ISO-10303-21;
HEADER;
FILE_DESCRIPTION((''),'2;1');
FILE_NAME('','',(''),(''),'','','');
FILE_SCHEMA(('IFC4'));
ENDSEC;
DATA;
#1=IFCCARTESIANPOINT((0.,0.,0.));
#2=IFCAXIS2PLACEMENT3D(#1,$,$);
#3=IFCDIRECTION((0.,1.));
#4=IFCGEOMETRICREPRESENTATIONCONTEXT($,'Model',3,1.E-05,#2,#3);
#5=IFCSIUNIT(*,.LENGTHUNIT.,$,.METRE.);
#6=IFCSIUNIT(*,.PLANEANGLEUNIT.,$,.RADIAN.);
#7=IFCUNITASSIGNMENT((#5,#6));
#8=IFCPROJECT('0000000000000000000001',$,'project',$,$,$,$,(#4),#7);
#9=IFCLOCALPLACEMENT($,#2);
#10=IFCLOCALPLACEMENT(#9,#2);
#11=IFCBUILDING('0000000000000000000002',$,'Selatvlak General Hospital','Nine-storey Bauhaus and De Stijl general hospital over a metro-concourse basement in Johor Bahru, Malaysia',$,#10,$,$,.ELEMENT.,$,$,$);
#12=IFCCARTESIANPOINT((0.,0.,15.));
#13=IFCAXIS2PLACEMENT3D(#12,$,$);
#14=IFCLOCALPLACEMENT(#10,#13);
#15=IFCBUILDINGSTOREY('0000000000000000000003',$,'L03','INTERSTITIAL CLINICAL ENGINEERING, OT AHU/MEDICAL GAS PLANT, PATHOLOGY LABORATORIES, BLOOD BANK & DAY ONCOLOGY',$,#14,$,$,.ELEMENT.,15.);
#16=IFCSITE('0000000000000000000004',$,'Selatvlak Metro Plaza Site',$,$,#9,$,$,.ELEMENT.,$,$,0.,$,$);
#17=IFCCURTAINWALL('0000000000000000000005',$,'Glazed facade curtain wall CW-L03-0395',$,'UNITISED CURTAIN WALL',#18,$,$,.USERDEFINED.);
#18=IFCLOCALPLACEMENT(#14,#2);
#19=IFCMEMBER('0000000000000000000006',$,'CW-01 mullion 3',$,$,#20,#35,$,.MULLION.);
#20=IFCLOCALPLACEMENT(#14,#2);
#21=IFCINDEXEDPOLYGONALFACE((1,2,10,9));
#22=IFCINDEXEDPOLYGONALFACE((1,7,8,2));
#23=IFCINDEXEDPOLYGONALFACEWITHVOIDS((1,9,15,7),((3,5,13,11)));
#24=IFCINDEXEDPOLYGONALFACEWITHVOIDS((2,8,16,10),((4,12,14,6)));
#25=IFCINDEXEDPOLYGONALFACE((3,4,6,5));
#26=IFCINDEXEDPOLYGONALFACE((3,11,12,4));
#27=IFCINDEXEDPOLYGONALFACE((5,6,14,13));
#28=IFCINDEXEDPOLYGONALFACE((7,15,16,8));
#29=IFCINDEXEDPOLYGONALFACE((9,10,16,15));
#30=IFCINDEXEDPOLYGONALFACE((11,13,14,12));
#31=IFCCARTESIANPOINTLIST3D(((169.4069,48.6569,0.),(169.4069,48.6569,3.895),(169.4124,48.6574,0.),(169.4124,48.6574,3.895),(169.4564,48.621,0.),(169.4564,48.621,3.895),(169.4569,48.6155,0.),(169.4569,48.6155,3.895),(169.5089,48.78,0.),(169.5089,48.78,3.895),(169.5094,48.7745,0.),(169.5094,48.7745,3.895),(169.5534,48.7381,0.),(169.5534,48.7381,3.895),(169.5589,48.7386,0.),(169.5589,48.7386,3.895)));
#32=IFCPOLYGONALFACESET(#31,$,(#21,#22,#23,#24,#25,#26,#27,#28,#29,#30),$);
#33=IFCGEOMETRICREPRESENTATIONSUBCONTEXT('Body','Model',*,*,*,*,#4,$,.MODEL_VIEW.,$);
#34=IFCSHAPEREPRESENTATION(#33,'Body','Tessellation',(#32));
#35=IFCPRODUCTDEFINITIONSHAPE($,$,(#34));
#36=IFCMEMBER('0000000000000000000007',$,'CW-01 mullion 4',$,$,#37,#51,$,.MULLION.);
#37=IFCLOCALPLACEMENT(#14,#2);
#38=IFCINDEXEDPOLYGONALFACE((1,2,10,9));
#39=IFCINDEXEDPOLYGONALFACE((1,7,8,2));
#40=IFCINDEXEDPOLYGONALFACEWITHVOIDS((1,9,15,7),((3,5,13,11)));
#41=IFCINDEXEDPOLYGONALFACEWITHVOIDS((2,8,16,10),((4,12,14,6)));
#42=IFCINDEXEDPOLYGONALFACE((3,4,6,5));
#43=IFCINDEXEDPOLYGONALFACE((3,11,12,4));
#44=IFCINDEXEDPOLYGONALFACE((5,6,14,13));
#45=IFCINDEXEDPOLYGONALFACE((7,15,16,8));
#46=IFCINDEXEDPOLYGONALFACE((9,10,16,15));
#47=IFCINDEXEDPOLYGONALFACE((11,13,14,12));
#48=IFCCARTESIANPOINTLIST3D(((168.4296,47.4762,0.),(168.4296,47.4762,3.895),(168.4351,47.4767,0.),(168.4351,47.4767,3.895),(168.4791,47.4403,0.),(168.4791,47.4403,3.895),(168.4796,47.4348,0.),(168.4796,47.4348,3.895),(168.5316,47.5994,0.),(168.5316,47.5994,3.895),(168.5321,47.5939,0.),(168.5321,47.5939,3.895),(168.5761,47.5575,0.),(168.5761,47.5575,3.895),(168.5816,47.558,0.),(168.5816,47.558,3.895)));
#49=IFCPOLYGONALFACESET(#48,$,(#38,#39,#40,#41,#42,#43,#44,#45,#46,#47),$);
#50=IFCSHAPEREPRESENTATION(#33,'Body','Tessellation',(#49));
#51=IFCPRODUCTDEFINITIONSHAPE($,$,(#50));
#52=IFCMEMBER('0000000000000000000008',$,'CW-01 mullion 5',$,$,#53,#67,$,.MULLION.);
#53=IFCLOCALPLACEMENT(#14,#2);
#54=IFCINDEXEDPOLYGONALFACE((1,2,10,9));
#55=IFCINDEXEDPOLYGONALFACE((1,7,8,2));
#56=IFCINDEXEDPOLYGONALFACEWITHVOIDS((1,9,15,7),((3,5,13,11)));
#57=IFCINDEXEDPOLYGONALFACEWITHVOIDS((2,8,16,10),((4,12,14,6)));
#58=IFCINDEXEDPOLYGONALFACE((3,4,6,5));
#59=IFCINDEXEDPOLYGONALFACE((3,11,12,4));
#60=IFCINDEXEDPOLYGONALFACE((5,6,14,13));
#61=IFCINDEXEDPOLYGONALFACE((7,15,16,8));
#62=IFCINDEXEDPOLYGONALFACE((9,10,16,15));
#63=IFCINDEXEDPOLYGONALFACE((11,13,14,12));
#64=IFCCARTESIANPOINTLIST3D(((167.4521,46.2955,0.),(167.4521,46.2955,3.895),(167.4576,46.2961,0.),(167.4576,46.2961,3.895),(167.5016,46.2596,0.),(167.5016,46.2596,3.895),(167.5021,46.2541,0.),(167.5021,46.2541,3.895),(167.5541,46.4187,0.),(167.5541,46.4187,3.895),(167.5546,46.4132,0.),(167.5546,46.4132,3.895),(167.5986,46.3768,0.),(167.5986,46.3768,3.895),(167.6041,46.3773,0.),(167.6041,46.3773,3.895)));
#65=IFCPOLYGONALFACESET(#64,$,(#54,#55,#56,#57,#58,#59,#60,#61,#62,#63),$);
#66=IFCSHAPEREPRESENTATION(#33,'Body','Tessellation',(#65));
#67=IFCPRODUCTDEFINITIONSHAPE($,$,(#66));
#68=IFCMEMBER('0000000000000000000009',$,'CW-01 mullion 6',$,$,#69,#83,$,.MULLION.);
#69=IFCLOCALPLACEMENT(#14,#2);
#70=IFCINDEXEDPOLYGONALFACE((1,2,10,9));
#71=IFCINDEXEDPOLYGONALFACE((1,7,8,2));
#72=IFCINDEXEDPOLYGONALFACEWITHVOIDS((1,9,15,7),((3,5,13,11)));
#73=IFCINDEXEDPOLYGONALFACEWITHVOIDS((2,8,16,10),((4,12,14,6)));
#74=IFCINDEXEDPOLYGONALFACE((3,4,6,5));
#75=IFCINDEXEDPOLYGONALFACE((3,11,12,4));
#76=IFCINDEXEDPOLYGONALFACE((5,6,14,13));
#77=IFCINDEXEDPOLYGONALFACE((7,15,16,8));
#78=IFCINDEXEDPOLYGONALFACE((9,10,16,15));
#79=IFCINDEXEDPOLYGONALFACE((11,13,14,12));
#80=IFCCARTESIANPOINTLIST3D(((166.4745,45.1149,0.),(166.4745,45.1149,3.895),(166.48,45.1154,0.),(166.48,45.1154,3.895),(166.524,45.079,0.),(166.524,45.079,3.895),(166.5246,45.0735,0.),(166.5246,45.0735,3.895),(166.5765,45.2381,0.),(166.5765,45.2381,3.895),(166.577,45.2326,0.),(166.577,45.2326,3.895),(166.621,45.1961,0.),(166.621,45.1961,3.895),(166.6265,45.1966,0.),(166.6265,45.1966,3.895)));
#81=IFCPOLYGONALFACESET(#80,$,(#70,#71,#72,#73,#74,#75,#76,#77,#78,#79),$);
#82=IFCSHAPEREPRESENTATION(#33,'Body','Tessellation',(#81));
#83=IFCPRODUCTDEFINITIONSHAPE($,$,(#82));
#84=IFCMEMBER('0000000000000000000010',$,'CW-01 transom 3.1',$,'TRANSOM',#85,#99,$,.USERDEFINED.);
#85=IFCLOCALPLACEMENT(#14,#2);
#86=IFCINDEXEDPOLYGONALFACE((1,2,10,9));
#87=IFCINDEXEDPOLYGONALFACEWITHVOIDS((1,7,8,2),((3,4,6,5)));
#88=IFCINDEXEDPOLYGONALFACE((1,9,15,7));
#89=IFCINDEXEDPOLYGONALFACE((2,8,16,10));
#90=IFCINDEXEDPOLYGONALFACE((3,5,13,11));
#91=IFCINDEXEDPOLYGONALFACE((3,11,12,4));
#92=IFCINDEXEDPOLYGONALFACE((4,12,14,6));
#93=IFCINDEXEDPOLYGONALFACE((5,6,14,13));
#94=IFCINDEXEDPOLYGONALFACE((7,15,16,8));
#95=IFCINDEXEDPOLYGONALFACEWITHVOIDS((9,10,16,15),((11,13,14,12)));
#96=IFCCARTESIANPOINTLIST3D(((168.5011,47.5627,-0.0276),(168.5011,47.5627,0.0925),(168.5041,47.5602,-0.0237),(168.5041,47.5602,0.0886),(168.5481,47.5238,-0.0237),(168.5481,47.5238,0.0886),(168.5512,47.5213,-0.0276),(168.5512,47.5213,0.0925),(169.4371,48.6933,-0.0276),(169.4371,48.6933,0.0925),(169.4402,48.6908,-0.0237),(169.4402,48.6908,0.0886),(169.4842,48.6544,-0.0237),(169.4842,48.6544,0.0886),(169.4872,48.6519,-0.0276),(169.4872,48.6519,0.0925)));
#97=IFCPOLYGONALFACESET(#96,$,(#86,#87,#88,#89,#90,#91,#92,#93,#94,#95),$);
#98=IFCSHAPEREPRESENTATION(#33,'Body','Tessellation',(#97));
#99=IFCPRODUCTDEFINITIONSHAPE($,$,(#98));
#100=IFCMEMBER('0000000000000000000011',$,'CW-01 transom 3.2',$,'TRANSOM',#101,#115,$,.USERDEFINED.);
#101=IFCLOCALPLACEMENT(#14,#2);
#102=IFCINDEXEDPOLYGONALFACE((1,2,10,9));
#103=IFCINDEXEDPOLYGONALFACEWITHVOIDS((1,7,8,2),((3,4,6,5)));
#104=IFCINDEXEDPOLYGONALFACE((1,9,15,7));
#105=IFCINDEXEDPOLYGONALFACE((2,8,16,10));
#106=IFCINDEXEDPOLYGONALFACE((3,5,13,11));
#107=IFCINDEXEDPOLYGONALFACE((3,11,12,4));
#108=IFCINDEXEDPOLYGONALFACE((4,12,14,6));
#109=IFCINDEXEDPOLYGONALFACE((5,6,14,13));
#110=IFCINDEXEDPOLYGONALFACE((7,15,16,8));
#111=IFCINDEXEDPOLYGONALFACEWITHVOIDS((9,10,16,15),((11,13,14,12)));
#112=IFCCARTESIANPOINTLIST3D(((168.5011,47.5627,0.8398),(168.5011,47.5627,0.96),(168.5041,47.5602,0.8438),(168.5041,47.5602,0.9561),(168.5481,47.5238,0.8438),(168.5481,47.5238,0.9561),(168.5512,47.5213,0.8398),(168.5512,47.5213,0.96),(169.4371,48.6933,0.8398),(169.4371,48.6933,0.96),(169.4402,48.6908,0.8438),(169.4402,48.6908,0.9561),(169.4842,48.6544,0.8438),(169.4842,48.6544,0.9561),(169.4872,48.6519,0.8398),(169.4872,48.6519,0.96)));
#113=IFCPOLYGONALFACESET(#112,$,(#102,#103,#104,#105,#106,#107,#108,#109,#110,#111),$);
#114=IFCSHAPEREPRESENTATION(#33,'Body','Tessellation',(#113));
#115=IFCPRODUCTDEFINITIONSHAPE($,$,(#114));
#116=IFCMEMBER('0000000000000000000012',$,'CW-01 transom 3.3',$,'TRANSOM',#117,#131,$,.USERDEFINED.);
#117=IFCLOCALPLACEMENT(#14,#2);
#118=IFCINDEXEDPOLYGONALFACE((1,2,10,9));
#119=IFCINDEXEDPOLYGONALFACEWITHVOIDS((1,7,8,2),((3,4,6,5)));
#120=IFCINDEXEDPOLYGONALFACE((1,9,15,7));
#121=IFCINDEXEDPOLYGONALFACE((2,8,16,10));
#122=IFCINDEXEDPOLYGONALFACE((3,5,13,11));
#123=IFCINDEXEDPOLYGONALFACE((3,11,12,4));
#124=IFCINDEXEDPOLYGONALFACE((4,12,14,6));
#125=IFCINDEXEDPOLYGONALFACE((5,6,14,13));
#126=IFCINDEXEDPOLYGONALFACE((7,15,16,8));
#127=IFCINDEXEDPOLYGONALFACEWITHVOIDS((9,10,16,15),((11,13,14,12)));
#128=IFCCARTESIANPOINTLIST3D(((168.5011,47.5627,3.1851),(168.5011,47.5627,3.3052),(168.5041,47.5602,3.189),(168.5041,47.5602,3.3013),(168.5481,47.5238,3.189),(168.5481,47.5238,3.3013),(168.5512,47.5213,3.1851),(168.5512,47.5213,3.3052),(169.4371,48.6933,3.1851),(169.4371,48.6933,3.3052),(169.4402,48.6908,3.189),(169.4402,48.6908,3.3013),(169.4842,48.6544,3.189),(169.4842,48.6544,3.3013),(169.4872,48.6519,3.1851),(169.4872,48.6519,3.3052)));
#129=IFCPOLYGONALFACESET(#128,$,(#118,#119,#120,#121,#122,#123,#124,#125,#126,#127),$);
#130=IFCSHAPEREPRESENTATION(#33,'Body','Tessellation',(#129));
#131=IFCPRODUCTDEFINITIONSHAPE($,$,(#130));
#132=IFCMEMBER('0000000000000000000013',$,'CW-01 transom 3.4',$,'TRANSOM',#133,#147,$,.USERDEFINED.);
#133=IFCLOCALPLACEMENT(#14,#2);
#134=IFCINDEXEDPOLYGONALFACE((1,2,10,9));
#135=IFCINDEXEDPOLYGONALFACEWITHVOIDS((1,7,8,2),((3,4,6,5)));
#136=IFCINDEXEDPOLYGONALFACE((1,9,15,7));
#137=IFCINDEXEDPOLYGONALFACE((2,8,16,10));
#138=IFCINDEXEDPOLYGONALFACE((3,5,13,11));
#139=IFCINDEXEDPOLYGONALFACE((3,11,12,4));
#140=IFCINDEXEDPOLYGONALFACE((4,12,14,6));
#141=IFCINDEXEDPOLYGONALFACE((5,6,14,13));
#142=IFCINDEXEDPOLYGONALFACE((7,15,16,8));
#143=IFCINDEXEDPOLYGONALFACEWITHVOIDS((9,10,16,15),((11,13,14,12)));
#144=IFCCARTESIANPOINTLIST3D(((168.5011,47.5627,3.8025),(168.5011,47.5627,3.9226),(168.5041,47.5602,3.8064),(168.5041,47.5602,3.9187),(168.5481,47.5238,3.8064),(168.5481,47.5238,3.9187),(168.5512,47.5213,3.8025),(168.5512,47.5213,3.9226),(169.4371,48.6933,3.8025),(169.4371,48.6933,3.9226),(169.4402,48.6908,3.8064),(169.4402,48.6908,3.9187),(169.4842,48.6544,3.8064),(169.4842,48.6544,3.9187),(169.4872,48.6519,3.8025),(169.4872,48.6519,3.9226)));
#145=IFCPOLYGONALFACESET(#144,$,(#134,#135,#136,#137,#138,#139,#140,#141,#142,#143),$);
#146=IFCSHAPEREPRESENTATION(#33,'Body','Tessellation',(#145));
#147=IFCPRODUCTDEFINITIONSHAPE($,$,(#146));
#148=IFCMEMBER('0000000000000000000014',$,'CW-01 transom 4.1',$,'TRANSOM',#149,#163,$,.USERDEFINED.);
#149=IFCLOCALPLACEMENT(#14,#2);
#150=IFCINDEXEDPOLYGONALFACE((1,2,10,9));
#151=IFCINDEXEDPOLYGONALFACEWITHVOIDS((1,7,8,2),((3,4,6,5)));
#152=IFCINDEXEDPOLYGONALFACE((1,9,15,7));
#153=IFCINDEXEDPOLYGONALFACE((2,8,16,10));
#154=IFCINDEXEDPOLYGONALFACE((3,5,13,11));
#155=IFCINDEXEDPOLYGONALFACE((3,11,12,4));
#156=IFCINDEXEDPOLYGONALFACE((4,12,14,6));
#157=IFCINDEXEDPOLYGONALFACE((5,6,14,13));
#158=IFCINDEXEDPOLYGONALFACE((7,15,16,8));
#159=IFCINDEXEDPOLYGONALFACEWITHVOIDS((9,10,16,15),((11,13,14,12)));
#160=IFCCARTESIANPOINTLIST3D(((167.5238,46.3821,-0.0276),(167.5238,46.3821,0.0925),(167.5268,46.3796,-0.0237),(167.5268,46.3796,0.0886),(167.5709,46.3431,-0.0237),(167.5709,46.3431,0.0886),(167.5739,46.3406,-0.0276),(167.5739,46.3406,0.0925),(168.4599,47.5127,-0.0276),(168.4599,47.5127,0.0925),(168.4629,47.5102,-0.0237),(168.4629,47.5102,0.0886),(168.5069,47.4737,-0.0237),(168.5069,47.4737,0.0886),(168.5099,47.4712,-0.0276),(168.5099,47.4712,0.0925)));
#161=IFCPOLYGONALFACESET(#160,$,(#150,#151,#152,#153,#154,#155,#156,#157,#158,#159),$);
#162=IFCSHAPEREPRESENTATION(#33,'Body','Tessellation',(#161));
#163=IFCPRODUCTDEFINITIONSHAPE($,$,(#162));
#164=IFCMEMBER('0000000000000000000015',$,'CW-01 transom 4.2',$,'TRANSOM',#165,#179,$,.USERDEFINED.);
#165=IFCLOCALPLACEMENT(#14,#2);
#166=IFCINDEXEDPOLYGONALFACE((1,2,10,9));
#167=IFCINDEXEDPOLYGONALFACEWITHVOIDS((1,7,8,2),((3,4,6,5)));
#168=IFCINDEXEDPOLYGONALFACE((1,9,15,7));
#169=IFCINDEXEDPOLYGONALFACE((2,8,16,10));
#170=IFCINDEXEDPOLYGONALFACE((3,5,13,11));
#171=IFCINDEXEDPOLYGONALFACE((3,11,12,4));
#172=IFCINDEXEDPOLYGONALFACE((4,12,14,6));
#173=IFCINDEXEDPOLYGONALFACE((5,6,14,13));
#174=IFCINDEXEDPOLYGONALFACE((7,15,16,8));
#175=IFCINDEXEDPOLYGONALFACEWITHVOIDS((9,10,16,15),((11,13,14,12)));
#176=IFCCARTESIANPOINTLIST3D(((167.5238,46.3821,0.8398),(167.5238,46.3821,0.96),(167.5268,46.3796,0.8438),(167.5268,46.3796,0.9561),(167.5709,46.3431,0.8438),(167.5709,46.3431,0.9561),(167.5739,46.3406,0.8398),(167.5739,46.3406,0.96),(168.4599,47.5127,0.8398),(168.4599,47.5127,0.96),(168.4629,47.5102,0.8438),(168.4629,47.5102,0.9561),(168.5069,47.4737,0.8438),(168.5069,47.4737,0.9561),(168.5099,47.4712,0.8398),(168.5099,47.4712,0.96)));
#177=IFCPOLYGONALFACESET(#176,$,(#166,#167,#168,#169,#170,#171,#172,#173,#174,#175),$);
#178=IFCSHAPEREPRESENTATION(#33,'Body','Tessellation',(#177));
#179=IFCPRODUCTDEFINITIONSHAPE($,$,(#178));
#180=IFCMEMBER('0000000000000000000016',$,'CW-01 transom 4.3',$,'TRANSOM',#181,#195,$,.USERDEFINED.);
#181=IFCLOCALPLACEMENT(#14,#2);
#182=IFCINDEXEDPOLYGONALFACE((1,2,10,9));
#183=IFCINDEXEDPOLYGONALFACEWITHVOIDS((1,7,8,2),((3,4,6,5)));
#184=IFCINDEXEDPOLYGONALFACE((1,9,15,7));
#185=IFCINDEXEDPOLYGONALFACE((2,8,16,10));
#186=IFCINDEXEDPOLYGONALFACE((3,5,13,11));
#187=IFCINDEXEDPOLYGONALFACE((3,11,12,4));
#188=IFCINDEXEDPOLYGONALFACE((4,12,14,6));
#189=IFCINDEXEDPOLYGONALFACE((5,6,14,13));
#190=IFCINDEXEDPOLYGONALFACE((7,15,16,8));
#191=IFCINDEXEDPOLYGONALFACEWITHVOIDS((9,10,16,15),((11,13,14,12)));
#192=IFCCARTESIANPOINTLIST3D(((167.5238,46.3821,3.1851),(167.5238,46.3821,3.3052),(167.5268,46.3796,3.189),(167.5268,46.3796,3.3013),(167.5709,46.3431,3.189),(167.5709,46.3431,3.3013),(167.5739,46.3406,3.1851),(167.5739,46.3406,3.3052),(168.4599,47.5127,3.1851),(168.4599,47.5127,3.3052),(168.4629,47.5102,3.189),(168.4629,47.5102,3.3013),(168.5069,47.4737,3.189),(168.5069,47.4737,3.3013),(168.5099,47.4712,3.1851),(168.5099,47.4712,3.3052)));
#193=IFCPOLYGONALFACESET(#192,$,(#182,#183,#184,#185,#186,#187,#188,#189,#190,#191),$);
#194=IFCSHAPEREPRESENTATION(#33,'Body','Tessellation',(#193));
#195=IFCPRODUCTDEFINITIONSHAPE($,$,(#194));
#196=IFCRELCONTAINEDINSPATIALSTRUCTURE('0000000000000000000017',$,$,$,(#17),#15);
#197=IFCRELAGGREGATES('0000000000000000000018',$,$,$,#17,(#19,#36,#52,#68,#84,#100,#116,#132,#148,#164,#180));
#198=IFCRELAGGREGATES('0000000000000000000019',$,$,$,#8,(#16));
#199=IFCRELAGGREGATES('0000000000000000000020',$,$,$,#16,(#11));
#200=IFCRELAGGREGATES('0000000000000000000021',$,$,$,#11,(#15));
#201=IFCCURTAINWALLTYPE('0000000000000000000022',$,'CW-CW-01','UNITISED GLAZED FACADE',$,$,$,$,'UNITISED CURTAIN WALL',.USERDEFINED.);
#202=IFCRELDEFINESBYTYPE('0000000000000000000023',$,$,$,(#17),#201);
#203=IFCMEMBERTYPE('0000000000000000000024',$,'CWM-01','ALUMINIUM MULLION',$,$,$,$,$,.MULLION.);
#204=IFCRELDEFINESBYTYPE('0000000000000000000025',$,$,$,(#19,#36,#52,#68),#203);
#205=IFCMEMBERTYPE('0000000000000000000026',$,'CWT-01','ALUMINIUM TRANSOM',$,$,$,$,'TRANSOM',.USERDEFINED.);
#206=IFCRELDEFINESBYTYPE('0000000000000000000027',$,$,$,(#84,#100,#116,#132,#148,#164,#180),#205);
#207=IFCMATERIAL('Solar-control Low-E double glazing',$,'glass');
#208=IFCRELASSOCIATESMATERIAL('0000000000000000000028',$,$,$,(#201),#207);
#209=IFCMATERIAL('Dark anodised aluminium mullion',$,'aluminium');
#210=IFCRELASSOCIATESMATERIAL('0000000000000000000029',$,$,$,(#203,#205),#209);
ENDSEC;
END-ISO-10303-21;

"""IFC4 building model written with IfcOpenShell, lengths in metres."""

from ifc_helpers import new_model, si_unit, direction, frame, origin, origin_2d, place, context, subcontext, project, spatial, hollow_rectangle, extrude, material, material_profile, profile_set, type_object, element, aggregate, save


model = new_model("IFC4")

# Units and contexts
model_context = context("Model", 3, precision=1e-05, world=origin(), true_north=direction((0.0, 1.0)))
body_context = subcontext(model_context, "Body", "Model", "MODEL_VIEW")
ifc_project = project(units=[si_unit("LENGTHUNIT", "METRE"), si_unit("PLANEANGLEUNIT", "RADIAN")], contexts=[model_context])

# Site, building, storey
site_placement = place(None, origin())
site = spatial("IfcSite", under=ifc_project, at=site_placement, Name="Selatvlak Metro Plaza Site", CompositionType="ELEMENT", RefElevation=0.0)
building_placement = place(site_placement, origin())
building = spatial("IfcBuilding", under=site, at=building_placement, Name="Selatvlak General Hospital", Description="Nine-storey Bauhaus and De Stijl general hospital over a metro-concourse basement in Johor Bahru, Malaysia", CompositionType="ELEMENT")
storey_placement = place(building_placement, frame((0.0, 0.0, 15.0)))
storey = spatial("IfcBuildingStorey", under=building, at=storey_placement, Name="L03", Description="INTERSTITIAL CLINICAL ENGINEERING, OT AHU/MEDICAL GAS PLANT, PATHOLOGY LABORATORIES, BLOOD BANK & DAY ONCOLOGY", CompositionType="ELEMENT", Elevation=15.0)

# Curtain wall, members
ifc_material_1 = material(Name="Solar-control Low-E double glazing", Category="glass")
curtain_wall_type = type_object("IfcCurtainWallType", Name="CW-CW-01", Description="UNITISED GLAZED FACADE", ElementType="UNITISED CURTAIN WALL", PredefinedType="USERDEFINED", material=ifc_material_1)
curtain_wall_placement = place(storey_placement, origin())
curtain_wall = element("IfcCurtainWall", 1, at=curtain_wall_placement, inside=storey, type_object=curtain_wall_type, Name="Glazed facade curtain wall CW-L03-0395", ObjectType="UNITISED CURTAIN WALL", PredefinedType="USERDEFINED")
ifc_material_2 = material(Name="Dark anodised aluminium mullion", Category="aluminium")
ifc_material_profile_1 = material_profile(ifc_material_2, hollow_rectangle(XDim=0.0649, YDim=0.1599, WallThickness=0.0039, at=origin_2d()), Name="AL-MUL 65x160x4")
ifc_profile_set_1 = profile_set([ifc_material_profile_1], Name="Dark anodised aluminium mullion")
member_type_1 = type_object("IfcMemberType", Name="CWM-01", Description="ALUMINIUM MULLION", PredefinedType="MULLION", material=ifc_profile_set_1)
member_1_placement = place(storey_placement, frame((169.4829, 48.6978, 0.0), z_axis=(0.0, 0.0, 1.0), x_axis=(0.770267, -0.637721, 0.0)))
member_1 = element("IfcMember", 2, at=member_1_placement, type_object=member_type_1, Name="CW-01 mullion 3", PredefinedType="MULLION", context=body_context, shape_type="SweptSolid", body=[
    extrude(hollow_rectangle(XDim=0.0649, YDim=0.1599, WallThickness=0.0039, at=origin_2d()), origin(), (0.0, 0.0, 1.0), 3.895),
])
member_2_placement = place(storey_placement, frame((168.5056, 47.5171, 0.0), z_axis=(0.0, 0.0, 1.0), x_axis=(0.770267, -0.637721, 0.0)))
member_2 = element("IfcMember", 3, at=member_2_placement, type_object=member_type_1, Name="CW-01 mullion 4", PredefinedType="MULLION", context=body_context, shape_type="SweptSolid", body=[
    extrude(hollow_rectangle(XDim=0.0649, YDim=0.1599, WallThickness=0.0039, at=origin_2d()), origin(), (0.0, 0.0, 1.0), 3.895),
])
member_3_placement = place(storey_placement, frame((167.5281, 46.3364, 0.0), z_axis=(0.0, 0.0, 1.0), x_axis=(0.770267, -0.637721, 0.0)))
member_3 = element("IfcMember", 4, at=member_3_placement, type_object=member_type_1, Name="CW-01 mullion 5", PredefinedType="MULLION", context=body_context, shape_type="SweptSolid", body=[
    extrude(hollow_rectangle(XDim=0.0649, YDim=0.1599, WallThickness=0.0039, at=origin_2d()), origin(), (0.0, 0.0, 1.0), 3.895),
])
member_4_placement = place(storey_placement, frame((166.5505, 45.1558, 0.0), z_axis=(0.0, 0.0, 1.0), x_axis=(0.770267, -0.637721, 0.0)))
member_4 = element("IfcMember", 5, at=member_4_placement, type_object=member_type_1, Name="CW-01 mullion 6", PredefinedType="MULLION", context=body_context, shape_type="SweptSolid", body=[
    extrude(hollow_rectangle(XDim=0.0649, YDim=0.1599, WallThickness=0.0039, at=origin_2d()), origin(), (0.0, 0.0, 1.0), 3.895),
])
ifc_material_profile_2 = material_profile(ifc_material_2, hollow_rectangle(XDim=0.0649, YDim=0.1201, WallThickness=0.0039, at=origin_2d()), Name="AL-TRN 65x120x4")
ifc_profile_set_2 = profile_set([ifc_material_profile_2], Name="Dark anodised aluminium mullion")
member_type_2 = type_object("IfcMemberType", Name="CWT-01", Description="ALUMINIUM TRANSOM", ElementType="TRANSOM", PredefinedType="USERDEFINED", material=ifc_profile_set_2)
member_5_placement = place(storey_placement, frame((169.4622, 48.6726, 0.0325), z_axis=(-0.637711, -0.770276, 0.0), x_axis=(0.770276, -0.637711, 0.0)))
member_5 = element("IfcMember", 6, at=member_5_placement, type_object=member_type_2, Name="CW-01 transom 3.1", ObjectType="TRANSOM", PredefinedType="USERDEFINED", context=body_context, shape_type="SweptSolid", body=[
    extrude(hollow_rectangle(XDim=0.0649, YDim=0.1201, WallThickness=0.0039, at=origin_2d()), origin(), (0.0, 0.0, 1.0), 1.4678),
])
member_6_placement = place(storey_placement, frame((169.4622, 48.6726, 0.8999), z_axis=(-0.637711, -0.770276, 0.0), x_axis=(0.770276, -0.637711, 0.0)))
member_6 = element("IfcMember", 7, at=member_6_placement, type_object=member_type_2, Name="CW-01 transom 3.2", ObjectType="TRANSOM", PredefinedType="USERDEFINED", context=body_context, shape_type="SweptSolid", body=[
    extrude(hollow_rectangle(XDim=0.0649, YDim=0.1201, WallThickness=0.0039, at=origin_2d()), origin(), (0.0, 0.0, 1.0), 1.4678),
])
member_7_placement = place(storey_placement, frame((169.4622, 48.6726, 3.2451), z_axis=(-0.637711, -0.770276, 0.0), x_axis=(0.770276, -0.637711, 0.0)))
member_7 = element("IfcMember", 8, at=member_7_placement, type_object=member_type_2, Name="CW-01 transom 3.3", ObjectType="TRANSOM", PredefinedType="USERDEFINED", context=body_context, shape_type="SweptSolid", body=[
    extrude(hollow_rectangle(XDim=0.0649, YDim=0.1201, WallThickness=0.0039, at=origin_2d()), origin(), (0.0, 0.0, 1.0), 1.4678),
])
member_8_placement = place(storey_placement, frame((169.4622, 48.6726, 3.8625), z_axis=(-0.637711, -0.770276, 0.0), x_axis=(0.770276, -0.637711, 0.0)))
member_8 = element("IfcMember", 9, at=member_8_placement, type_object=member_type_2, Name="CW-01 transom 3.4", ObjectType="TRANSOM", PredefinedType="USERDEFINED", context=body_context, shape_type="SweptSolid", body=[
    extrude(hollow_rectangle(XDim=0.0649, YDim=0.1201, WallThickness=0.0039, at=origin_2d()), origin(), (0.0, 0.0, 1.0), 1.4678),
])
member_9_placement = place(storey_placement, frame((168.4849, 47.4919, 0.0325), z_axis=(-0.637711, -0.770276, 0.0), x_axis=(0.770276, -0.637711, 0.0)))
member_9 = element("IfcMember", 10, at=member_9_placement, type_object=member_type_2, Name="CW-01 transom 4.1", ObjectType="TRANSOM", PredefinedType="USERDEFINED", context=body_context, shape_type="SweptSolid", body=[
    extrude(hollow_rectangle(XDim=0.0649, YDim=0.1201, WallThickness=0.0039, at=origin_2d()), origin(), (0.0, 0.0, 1.0), 1.4678),
])
member_10_placement = place(storey_placement, frame((168.4849, 47.4919, 0.8999), z_axis=(-0.637711, -0.770276, 0.0), x_axis=(0.770276, -0.637711, 0.0)))
member_10 = element("IfcMember", 11, at=member_10_placement, type_object=member_type_2, Name="CW-01 transom 4.2", ObjectType="TRANSOM", PredefinedType="USERDEFINED", context=body_context, shape_type="SweptSolid", body=[
    extrude(hollow_rectangle(XDim=0.0649, YDim=0.1201, WallThickness=0.0039, at=origin_2d()), origin(), (0.0, 0.0, 1.0), 1.4678),
])
member_11_placement = place(storey_placement, frame((168.4849, 47.4919, 3.2451), z_axis=(-0.637711, -0.770276, 0.0), x_axis=(0.770276, -0.637711, 0.0)))
member_11 = element("IfcMember", 12, at=member_11_placement, type_object=member_type_2, Name="CW-01 transom 4.3", ObjectType="TRANSOM", PredefinedType="USERDEFINED", context=body_context, shape_type="SweptSolid", body=[
    extrude(hollow_rectangle(XDim=0.0649, YDim=0.1201, WallThickness=0.0039, at=origin_2d()), origin(), (0.0, 0.0, 1.0), 1.4678),
])
aggregate(curtain_wall, [member_1, member_2, member_3, member_4, member_5, member_6, member_7, member_8, member_9, member_10, member_11])

save(model, "model.ifc")
